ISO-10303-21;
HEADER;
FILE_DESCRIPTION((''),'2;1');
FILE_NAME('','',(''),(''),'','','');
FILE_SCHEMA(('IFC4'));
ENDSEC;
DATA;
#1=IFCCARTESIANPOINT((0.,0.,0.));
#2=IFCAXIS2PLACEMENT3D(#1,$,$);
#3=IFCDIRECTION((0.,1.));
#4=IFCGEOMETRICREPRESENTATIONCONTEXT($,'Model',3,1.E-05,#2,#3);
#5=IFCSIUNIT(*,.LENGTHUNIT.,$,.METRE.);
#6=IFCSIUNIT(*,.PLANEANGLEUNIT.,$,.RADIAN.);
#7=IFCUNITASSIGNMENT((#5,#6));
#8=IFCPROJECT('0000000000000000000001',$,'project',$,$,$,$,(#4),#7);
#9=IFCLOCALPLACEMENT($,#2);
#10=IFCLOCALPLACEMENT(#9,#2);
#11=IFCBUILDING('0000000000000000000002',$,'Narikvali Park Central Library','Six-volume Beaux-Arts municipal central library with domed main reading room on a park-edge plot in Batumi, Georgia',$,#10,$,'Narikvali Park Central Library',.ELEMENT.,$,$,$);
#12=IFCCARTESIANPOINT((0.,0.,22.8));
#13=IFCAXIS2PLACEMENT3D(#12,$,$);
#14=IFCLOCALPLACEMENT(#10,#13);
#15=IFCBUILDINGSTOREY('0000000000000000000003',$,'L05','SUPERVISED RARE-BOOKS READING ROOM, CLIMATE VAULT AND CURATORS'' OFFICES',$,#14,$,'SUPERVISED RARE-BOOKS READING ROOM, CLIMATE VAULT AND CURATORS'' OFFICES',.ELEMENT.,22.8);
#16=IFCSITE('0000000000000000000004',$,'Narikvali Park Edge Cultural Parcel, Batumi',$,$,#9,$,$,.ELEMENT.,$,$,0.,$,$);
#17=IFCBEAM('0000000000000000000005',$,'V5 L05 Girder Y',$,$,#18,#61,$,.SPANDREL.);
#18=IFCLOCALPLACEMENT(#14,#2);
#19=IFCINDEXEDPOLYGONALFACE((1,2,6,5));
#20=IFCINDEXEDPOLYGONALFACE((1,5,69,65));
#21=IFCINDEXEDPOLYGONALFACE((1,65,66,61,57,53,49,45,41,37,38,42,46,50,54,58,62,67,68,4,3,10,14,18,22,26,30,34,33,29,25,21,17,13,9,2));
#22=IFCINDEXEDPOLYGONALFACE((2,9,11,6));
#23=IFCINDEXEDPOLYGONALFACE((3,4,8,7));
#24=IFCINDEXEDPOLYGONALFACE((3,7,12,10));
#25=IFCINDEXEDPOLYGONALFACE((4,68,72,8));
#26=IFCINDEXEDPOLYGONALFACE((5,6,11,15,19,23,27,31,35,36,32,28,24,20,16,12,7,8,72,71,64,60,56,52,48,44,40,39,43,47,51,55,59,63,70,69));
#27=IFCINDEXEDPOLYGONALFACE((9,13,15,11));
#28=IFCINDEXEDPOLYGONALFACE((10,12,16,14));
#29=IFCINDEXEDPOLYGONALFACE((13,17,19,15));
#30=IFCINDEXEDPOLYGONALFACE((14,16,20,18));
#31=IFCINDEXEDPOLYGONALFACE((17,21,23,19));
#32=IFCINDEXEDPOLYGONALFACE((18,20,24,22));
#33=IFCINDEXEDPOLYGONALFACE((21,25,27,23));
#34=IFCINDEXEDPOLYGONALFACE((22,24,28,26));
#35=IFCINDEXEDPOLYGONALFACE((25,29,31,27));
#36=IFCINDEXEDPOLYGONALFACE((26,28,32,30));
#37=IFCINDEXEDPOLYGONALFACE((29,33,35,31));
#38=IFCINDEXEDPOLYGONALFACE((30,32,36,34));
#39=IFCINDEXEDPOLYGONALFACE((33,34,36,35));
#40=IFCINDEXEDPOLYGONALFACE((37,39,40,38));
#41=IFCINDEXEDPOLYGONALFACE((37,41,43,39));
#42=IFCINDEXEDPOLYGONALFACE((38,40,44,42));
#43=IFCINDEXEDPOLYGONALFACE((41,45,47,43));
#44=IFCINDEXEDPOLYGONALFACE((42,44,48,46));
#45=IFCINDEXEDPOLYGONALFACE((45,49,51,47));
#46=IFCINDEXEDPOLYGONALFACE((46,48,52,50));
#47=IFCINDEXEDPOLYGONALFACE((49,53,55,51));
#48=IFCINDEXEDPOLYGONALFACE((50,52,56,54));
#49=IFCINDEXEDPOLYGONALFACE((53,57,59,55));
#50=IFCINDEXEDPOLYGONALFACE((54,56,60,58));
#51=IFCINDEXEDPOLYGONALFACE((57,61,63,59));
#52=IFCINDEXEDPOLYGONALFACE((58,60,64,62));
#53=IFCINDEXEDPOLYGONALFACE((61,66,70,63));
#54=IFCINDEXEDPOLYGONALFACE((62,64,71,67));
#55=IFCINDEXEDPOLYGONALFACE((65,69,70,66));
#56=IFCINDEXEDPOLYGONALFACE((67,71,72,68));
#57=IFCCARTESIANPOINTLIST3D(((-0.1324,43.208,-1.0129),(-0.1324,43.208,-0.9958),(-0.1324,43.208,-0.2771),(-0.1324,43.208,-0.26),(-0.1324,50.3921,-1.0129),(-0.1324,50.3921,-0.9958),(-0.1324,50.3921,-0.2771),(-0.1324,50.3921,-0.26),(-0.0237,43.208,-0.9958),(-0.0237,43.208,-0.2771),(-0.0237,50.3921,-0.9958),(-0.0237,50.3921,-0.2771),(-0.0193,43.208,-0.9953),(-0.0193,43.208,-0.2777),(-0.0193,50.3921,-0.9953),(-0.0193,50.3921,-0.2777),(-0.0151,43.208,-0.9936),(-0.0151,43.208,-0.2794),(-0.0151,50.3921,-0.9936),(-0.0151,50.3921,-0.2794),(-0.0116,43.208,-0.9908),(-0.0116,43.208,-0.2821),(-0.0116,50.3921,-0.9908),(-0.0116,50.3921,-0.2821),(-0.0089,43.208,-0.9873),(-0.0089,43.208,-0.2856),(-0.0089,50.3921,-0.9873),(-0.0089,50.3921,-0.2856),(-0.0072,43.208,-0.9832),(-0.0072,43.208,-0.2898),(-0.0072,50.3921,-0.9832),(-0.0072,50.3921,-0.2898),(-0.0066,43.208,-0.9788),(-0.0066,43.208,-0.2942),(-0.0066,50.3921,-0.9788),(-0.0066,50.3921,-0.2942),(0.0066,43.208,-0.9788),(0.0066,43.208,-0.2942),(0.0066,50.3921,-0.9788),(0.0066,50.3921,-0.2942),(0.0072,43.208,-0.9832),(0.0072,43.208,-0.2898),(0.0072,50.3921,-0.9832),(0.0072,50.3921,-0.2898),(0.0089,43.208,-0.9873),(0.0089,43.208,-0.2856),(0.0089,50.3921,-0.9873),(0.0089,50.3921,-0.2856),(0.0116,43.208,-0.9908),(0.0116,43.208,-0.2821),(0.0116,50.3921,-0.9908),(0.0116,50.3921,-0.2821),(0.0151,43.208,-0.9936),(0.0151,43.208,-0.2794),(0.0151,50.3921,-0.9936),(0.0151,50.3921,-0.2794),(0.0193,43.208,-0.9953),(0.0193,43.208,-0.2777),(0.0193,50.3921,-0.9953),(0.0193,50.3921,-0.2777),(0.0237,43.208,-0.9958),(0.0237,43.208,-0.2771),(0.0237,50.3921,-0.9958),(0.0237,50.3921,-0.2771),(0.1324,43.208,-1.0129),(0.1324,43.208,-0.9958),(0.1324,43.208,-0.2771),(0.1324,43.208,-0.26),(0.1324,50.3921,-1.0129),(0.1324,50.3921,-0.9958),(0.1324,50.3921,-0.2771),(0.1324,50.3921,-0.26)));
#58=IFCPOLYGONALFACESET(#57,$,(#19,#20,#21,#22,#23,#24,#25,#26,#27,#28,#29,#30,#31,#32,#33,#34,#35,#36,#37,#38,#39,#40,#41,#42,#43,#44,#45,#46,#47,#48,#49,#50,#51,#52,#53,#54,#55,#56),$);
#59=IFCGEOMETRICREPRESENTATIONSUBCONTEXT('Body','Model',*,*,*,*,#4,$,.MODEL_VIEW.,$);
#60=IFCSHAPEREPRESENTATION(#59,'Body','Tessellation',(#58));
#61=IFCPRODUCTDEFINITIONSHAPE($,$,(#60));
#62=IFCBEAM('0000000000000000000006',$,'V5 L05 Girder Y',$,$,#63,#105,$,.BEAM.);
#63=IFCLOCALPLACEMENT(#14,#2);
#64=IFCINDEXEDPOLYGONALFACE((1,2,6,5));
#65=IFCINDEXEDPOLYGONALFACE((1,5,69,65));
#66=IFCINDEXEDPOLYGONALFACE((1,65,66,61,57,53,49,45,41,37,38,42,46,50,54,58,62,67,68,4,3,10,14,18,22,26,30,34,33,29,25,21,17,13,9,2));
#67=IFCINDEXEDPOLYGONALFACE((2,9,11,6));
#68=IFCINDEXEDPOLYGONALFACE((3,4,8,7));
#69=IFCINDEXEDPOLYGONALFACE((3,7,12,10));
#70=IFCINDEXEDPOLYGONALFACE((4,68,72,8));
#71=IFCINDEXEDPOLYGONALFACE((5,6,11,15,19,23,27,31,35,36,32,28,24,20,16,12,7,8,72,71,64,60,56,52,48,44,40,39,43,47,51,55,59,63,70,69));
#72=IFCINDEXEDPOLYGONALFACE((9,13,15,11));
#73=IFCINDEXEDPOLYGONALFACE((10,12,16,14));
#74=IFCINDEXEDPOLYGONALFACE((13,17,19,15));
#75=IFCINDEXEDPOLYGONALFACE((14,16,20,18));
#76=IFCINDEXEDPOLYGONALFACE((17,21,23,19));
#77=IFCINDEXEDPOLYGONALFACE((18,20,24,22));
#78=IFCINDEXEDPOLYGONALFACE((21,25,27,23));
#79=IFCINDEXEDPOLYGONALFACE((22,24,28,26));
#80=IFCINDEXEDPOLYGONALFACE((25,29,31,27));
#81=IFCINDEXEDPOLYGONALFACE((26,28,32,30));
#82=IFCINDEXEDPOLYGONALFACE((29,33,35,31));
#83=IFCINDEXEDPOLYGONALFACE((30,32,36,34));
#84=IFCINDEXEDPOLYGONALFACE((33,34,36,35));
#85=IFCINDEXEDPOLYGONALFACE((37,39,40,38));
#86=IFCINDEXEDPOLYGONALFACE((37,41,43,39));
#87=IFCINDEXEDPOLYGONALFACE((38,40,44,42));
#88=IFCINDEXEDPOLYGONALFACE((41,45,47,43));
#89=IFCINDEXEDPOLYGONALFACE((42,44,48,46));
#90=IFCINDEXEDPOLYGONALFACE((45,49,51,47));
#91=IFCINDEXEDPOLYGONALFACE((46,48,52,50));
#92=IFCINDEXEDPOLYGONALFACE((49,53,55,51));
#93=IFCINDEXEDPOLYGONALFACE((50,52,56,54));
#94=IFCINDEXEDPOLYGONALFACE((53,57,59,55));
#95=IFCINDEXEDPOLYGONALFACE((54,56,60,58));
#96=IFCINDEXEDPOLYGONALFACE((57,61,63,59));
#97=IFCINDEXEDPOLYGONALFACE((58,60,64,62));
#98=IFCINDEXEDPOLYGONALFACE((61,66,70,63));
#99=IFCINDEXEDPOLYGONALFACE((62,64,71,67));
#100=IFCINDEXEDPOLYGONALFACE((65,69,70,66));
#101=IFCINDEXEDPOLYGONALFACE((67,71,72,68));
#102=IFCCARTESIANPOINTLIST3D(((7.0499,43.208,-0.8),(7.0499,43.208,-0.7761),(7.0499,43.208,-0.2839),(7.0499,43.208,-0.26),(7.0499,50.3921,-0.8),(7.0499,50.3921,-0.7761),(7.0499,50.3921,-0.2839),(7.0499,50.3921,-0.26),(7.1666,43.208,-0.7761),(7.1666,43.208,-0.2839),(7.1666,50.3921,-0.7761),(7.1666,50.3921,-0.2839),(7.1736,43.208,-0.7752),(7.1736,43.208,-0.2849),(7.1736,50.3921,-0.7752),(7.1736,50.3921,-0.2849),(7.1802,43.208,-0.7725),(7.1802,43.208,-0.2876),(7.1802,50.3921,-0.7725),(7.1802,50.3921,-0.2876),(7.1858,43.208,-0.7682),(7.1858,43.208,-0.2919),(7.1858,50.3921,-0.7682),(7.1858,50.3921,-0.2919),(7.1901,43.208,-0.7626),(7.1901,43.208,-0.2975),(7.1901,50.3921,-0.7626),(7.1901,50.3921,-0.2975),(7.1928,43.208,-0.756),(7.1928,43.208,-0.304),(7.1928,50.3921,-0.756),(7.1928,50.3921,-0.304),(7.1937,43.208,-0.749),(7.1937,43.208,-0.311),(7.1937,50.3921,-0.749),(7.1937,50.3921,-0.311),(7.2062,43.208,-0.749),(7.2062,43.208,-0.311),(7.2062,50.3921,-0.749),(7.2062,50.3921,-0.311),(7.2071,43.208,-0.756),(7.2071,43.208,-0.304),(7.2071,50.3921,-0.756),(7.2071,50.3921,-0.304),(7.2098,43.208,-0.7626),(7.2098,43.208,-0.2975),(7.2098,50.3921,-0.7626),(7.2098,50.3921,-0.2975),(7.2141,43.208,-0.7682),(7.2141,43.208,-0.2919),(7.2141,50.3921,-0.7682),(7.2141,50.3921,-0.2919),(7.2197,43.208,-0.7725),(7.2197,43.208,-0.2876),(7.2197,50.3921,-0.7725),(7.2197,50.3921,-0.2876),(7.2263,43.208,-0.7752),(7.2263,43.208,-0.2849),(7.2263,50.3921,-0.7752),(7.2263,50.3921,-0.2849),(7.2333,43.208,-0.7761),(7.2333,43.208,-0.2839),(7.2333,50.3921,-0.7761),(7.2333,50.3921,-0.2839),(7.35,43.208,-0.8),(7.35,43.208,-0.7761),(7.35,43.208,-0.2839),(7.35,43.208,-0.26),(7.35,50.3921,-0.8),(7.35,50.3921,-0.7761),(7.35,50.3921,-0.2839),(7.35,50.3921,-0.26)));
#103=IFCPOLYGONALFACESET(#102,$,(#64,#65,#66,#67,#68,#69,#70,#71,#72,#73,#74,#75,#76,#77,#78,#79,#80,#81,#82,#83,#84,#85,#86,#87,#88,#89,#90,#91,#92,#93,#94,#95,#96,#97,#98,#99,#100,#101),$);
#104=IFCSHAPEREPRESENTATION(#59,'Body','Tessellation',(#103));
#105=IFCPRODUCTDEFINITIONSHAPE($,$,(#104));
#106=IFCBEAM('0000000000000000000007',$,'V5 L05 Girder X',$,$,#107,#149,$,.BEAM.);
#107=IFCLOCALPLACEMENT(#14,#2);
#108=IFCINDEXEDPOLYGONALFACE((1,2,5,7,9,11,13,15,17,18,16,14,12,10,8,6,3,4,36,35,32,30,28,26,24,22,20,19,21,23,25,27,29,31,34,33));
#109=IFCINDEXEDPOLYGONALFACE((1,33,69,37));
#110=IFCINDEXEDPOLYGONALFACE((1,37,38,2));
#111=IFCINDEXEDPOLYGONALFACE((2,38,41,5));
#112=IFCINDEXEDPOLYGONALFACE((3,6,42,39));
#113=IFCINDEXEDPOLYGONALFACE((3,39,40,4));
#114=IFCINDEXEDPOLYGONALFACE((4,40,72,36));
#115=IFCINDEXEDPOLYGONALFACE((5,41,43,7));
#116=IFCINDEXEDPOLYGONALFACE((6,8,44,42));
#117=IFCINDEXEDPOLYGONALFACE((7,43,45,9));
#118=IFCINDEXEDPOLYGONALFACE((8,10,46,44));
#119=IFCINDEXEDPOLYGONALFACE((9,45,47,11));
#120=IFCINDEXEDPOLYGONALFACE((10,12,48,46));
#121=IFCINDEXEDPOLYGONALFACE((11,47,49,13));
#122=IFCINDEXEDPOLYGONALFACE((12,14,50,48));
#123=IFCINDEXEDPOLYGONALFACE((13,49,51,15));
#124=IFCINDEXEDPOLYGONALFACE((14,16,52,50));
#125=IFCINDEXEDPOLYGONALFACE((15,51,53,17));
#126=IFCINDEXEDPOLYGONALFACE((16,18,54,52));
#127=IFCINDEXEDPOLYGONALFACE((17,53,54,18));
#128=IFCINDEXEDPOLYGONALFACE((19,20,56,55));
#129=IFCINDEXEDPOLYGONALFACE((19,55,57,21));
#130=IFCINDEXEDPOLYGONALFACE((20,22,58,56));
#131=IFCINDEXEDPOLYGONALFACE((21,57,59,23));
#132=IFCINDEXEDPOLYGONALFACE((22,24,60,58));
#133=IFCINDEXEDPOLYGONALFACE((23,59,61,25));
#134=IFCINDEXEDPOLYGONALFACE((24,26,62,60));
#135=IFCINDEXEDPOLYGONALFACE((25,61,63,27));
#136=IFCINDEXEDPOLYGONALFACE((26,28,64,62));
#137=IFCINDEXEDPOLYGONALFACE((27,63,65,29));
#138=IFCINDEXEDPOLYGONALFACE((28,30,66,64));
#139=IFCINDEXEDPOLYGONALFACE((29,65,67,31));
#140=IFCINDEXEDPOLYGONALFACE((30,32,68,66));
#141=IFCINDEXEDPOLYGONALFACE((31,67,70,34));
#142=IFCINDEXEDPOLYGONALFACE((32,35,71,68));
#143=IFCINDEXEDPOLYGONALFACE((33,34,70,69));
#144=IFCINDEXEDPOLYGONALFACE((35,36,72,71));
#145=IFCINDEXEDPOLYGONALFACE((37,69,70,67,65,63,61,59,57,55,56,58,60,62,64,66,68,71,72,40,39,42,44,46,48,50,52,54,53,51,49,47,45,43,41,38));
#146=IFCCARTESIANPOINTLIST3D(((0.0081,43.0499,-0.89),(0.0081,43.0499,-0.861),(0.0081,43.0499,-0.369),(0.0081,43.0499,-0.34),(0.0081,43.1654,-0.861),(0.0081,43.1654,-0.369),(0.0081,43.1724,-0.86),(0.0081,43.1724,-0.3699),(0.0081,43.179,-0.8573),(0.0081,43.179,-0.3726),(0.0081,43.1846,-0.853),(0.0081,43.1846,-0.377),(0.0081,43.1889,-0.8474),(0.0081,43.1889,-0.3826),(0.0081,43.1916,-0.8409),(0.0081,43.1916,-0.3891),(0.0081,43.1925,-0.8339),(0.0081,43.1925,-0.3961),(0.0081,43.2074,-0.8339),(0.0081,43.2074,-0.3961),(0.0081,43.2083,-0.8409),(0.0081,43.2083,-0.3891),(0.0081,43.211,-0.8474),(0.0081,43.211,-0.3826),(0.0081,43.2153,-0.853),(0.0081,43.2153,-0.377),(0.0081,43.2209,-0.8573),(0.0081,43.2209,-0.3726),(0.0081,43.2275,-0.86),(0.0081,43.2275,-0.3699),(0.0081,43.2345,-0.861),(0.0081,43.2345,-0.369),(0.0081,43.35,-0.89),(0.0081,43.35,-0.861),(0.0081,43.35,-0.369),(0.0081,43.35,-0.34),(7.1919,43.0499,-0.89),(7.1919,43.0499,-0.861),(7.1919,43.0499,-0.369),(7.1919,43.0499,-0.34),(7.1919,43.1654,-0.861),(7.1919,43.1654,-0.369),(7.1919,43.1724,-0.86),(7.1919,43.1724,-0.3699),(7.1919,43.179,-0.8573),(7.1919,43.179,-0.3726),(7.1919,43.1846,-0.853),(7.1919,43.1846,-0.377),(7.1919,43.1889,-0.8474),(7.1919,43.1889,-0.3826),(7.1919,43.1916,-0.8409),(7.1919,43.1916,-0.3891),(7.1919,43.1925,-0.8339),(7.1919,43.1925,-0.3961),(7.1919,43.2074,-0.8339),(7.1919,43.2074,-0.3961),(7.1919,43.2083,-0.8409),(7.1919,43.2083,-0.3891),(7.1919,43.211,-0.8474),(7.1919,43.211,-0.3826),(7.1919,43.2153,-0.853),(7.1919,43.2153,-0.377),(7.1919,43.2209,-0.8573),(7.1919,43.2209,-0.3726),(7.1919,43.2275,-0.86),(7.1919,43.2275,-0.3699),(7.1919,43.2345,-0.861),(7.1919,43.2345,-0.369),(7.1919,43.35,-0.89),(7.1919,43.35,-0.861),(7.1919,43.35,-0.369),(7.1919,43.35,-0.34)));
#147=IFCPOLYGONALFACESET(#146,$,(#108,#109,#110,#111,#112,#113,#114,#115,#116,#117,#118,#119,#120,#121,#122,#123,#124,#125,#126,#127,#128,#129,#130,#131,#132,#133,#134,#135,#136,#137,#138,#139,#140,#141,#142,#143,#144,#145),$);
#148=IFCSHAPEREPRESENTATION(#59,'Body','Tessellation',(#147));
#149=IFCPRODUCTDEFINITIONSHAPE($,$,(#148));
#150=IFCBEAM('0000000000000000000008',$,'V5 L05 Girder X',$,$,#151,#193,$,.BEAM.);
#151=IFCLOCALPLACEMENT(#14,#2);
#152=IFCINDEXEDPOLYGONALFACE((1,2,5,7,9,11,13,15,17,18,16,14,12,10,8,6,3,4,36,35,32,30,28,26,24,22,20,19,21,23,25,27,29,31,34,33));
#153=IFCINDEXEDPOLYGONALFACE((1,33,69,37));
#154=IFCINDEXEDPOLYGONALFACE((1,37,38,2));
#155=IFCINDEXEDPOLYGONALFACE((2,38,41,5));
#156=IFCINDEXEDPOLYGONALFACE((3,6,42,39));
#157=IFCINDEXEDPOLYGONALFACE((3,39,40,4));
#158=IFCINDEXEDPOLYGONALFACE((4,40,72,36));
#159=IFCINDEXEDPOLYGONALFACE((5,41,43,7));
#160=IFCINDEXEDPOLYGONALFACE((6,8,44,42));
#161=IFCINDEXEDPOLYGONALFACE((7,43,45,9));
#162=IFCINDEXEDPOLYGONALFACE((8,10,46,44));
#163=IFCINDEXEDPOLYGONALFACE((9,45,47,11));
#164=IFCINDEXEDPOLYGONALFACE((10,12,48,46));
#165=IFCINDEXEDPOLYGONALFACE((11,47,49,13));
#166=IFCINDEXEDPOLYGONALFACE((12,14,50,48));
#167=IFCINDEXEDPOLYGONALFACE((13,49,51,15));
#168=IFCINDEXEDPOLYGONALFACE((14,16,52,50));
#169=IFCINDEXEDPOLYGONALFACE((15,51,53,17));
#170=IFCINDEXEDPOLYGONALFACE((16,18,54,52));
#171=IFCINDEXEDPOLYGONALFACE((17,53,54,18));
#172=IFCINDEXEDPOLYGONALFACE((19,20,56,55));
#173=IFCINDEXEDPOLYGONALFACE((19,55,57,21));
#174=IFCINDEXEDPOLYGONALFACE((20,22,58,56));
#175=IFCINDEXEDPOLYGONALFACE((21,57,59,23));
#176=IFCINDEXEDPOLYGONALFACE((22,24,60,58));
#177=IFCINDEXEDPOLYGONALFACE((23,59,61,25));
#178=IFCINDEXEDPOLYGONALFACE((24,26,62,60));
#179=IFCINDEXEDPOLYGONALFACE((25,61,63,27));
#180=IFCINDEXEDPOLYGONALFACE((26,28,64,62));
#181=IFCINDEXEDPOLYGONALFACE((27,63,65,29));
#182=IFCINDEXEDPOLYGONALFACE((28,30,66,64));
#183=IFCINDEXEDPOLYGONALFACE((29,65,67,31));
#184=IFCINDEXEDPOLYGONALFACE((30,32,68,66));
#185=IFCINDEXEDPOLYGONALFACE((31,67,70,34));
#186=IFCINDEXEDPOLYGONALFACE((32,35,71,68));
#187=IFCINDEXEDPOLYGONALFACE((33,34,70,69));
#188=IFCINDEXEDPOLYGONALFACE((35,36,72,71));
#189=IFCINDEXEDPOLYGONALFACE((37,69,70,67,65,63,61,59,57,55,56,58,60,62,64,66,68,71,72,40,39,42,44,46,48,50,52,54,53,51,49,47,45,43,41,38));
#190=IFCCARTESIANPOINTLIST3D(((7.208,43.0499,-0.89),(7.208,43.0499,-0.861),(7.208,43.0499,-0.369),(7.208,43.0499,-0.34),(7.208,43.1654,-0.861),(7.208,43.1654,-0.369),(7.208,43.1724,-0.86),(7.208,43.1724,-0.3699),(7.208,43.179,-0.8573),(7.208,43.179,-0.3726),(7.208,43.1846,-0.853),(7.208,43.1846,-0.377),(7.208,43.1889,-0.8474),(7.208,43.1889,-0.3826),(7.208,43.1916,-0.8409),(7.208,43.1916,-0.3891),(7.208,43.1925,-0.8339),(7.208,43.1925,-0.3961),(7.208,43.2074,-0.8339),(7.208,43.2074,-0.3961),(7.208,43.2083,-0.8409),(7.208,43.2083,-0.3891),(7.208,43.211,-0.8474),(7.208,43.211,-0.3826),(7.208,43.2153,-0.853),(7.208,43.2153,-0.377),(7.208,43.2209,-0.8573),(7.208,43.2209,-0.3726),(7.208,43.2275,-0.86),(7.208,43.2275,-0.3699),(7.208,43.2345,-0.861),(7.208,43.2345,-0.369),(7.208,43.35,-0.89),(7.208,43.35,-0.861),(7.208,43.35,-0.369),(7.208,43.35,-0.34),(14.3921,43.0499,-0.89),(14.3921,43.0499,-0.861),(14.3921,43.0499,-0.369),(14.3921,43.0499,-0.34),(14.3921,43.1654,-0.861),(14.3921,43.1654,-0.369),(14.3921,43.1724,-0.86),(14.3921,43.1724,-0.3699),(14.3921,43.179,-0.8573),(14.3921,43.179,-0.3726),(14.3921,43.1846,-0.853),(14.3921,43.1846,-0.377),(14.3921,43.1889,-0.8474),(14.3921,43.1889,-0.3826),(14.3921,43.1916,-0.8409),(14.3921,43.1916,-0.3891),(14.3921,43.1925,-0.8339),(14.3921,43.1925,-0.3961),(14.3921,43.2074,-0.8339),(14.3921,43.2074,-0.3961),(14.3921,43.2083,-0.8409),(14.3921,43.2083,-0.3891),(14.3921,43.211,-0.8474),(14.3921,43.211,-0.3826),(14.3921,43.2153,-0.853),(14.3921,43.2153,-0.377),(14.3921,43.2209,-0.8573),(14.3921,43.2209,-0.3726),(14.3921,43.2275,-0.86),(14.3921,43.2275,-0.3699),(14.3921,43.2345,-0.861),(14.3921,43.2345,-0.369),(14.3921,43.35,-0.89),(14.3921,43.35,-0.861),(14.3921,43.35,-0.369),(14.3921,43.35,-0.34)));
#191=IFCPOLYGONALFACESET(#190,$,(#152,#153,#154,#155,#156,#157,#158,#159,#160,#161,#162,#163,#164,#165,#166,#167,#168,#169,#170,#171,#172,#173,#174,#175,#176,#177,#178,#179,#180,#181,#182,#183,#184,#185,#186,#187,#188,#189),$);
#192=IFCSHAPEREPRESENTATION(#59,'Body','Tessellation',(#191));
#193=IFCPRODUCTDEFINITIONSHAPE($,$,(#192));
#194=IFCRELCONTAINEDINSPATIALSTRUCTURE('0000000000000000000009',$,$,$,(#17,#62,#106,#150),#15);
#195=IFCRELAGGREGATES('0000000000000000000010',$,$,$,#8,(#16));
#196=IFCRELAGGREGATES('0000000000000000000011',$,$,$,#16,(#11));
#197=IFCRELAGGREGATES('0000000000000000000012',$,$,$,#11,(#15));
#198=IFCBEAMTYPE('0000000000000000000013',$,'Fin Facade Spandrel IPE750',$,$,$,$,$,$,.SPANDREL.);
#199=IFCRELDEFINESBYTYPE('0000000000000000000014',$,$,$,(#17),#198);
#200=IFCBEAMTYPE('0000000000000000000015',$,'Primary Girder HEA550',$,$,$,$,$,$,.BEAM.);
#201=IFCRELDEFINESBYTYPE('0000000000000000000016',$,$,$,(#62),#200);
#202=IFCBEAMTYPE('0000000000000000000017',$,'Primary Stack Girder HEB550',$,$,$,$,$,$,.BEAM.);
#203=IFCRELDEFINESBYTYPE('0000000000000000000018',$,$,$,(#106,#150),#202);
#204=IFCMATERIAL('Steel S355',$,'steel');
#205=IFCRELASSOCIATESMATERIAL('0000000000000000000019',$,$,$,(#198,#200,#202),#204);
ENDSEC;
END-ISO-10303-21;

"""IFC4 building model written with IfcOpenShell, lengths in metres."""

from ifc_helpers import new_model, si_unit, direction, frame, origin, origin_2d, place, context, subcontext, project, spatial, i_section, extrude, material, material_profile, profile_set, type_object, element, save


model = new_model("IFC4")

# Units and contexts
model_context = context("Model", 3, precision=1e-05, world=origin(), true_north=direction((0.0, 1.0)))
body_context = subcontext(model_context, "Body", "Model", "MODEL_VIEW")
ifc_project = project(units=[si_unit("LENGTHUNIT", "METRE"), si_unit("PLANEANGLEUNIT", "RADIAN")], contexts=[model_context])

# Site, building, storey
site_placement = place(None, origin())
site = spatial("IfcSite", under=ifc_project, at=site_placement, Name="Narikvali Park Edge Cultural Parcel, Batumi", CompositionType="ELEMENT", RefElevation=0.0)
building_placement = place(site_placement, origin())
building = spatial("IfcBuilding", under=site, at=building_placement, Name="Narikvali Park Central Library", Description="Six-volume Beaux-Arts municipal central library with domed main reading room on a park-edge plot in Batumi, Georgia", LongName="Narikvali Park Central Library", CompositionType="ELEMENT")
storey_placement = place(building_placement, frame((0.0, 0.0, 22.8)))
storey = spatial("IfcBuildingStorey", under=building, at=storey_placement, Name="L05", Description="SUPERVISED RARE-BOOKS READING ROOM, CLIMATE VAULT AND CURATORS' OFFICES", LongName="SUPERVISED RARE-BOOKS READING ROOM, CLIMATE VAULT AND CURATORS' OFFICES", CompositionType="ELEMENT", Elevation=22.8)

# Shared definitions
ifc_material_1 = material(Name="Steel S355", Category="steel")

# Beams
ifc_material_profile_1 = material_profile(ifc_material_1, i_section(OverallWidth=0.2649, OverallDepth=0.7529, WebThickness=0.0132, FlangeThickness=0.0171, FilletRadius=0.0171, at=origin_2d()), Name="IPE 750x147")
ifc_profile_set_1 = profile_set([ifc_material_profile_1], Name="Steel S355")
beam_type_1 = type_object("IfcBeamType", Name="Fin Facade Spandrel IPE750", PredefinedType="SPANDREL", material=ifc_profile_set_1)
beam_1_placement = place(storey_placement, frame((0.0, 43.208, -0.6365), z_axis=(0.0, 1.0, 0.0), x_axis=(-1.0, 0.0, 0.0)))
element("IfcBeam", 1, at=beam_1_placement, inside=storey, type_object=beam_type_1, Name="V5 L05 Girder Y", PredefinedType="SPANDREL", context=body_context, shape_type="SweptSolid", body=[
    extrude(i_section(OverallWidth=0.2649, OverallDepth=0.7529, WebThickness=0.0132, FlangeThickness=0.0171, FilletRadius=0.0171, at=origin_2d()), origin(), (0.0, 0.0, 1.0), 7.1841),
])
ifc_material_profile_2 = material_profile(ifc_material_1, i_section(OverallWidth=0.3, OverallDepth=0.54, WebThickness=0.0125, FlangeThickness=0.0239, FilletRadius=0.0271, at=origin_2d()), Name="HEA 550")
ifc_profile_set_2 = profile_set([ifc_material_profile_2], Name="Steel S355")
beam_type_2 = type_object("IfcBeamType", Name="Primary Girder HEA550", PredefinedType="BEAM", material=ifc_profile_set_2)
beam_2_placement = place(storey_placement, frame((7.2, 43.208, -0.53), z_axis=(0.0, 1.0, 0.0), x_axis=(-1.0, 0.0, 0.0)))
element("IfcBeam", 2, at=beam_2_placement, inside=storey, type_object=beam_type_2, Name="V5 L05 Girder Y", PredefinedType="BEAM", context=body_context, shape_type="SweptSolid", body=[
    extrude(i_section(OverallWidth=0.3, OverallDepth=0.54, WebThickness=0.0125, FlangeThickness=0.0239, FilletRadius=0.0271, at=origin_2d()), origin(), (0.0, 0.0, 1.0), 7.1841),
])
ifc_material_profile_3 = material_profile(ifc_material_1, i_section(OverallWidth=0.3, OverallDepth=0.55, WebThickness=0.0149, FlangeThickness=0.0291, FilletRadius=0.0271, at=origin_2d()), Name="HEB 550")
ifc_profile_set_3 = profile_set([ifc_material_profile_3], Name="Steel S355")
beam_type_3 = type_object("IfcBeamType", Name="Primary Stack Girder HEB550", PredefinedType="BEAM", material=ifc_profile_set_3)
beam_3_placement = place(storey_placement, frame((0.0081, 43.2, -0.615), z_axis=(1.0, 0.0, 0.0), x_axis=(0.0, 1.0, 0.0)))
element("IfcBeam", 3, at=beam_3_placement, inside=storey, type_object=beam_type_3, Name="V5 L05 Girder X", PredefinedType="BEAM", context=body_context, shape_type="SweptSolid", body=[
    extrude(i_section(OverallWidth=0.3, OverallDepth=0.55, WebThickness=0.0149, FlangeThickness=0.0291, FilletRadius=0.0271, at=origin_2d()), origin(), (0.0, 0.0, 1.0), 7.1838),
])
beam_4_placement = place(storey_placement, frame((7.208, 43.2, -0.615), z_axis=(1.0, 0.0, 0.0), x_axis=(0.0, 1.0, 0.0)))
element("IfcBeam", 4, at=beam_4_placement, inside=storey, type_object=beam_type_3, Name="V5 L05 Girder X", PredefinedType="BEAM", context=body_context, shape_type="SweptSolid", body=[
    extrude(i_section(OverallWidth=0.3, OverallDepth=0.55, WebThickness=0.0149, FlangeThickness=0.0291, FilletRadius=0.0271, at=origin_2d()), origin(), (0.0, 0.0, 1.0), 7.1841),
])

save(model, "model.ifc")
